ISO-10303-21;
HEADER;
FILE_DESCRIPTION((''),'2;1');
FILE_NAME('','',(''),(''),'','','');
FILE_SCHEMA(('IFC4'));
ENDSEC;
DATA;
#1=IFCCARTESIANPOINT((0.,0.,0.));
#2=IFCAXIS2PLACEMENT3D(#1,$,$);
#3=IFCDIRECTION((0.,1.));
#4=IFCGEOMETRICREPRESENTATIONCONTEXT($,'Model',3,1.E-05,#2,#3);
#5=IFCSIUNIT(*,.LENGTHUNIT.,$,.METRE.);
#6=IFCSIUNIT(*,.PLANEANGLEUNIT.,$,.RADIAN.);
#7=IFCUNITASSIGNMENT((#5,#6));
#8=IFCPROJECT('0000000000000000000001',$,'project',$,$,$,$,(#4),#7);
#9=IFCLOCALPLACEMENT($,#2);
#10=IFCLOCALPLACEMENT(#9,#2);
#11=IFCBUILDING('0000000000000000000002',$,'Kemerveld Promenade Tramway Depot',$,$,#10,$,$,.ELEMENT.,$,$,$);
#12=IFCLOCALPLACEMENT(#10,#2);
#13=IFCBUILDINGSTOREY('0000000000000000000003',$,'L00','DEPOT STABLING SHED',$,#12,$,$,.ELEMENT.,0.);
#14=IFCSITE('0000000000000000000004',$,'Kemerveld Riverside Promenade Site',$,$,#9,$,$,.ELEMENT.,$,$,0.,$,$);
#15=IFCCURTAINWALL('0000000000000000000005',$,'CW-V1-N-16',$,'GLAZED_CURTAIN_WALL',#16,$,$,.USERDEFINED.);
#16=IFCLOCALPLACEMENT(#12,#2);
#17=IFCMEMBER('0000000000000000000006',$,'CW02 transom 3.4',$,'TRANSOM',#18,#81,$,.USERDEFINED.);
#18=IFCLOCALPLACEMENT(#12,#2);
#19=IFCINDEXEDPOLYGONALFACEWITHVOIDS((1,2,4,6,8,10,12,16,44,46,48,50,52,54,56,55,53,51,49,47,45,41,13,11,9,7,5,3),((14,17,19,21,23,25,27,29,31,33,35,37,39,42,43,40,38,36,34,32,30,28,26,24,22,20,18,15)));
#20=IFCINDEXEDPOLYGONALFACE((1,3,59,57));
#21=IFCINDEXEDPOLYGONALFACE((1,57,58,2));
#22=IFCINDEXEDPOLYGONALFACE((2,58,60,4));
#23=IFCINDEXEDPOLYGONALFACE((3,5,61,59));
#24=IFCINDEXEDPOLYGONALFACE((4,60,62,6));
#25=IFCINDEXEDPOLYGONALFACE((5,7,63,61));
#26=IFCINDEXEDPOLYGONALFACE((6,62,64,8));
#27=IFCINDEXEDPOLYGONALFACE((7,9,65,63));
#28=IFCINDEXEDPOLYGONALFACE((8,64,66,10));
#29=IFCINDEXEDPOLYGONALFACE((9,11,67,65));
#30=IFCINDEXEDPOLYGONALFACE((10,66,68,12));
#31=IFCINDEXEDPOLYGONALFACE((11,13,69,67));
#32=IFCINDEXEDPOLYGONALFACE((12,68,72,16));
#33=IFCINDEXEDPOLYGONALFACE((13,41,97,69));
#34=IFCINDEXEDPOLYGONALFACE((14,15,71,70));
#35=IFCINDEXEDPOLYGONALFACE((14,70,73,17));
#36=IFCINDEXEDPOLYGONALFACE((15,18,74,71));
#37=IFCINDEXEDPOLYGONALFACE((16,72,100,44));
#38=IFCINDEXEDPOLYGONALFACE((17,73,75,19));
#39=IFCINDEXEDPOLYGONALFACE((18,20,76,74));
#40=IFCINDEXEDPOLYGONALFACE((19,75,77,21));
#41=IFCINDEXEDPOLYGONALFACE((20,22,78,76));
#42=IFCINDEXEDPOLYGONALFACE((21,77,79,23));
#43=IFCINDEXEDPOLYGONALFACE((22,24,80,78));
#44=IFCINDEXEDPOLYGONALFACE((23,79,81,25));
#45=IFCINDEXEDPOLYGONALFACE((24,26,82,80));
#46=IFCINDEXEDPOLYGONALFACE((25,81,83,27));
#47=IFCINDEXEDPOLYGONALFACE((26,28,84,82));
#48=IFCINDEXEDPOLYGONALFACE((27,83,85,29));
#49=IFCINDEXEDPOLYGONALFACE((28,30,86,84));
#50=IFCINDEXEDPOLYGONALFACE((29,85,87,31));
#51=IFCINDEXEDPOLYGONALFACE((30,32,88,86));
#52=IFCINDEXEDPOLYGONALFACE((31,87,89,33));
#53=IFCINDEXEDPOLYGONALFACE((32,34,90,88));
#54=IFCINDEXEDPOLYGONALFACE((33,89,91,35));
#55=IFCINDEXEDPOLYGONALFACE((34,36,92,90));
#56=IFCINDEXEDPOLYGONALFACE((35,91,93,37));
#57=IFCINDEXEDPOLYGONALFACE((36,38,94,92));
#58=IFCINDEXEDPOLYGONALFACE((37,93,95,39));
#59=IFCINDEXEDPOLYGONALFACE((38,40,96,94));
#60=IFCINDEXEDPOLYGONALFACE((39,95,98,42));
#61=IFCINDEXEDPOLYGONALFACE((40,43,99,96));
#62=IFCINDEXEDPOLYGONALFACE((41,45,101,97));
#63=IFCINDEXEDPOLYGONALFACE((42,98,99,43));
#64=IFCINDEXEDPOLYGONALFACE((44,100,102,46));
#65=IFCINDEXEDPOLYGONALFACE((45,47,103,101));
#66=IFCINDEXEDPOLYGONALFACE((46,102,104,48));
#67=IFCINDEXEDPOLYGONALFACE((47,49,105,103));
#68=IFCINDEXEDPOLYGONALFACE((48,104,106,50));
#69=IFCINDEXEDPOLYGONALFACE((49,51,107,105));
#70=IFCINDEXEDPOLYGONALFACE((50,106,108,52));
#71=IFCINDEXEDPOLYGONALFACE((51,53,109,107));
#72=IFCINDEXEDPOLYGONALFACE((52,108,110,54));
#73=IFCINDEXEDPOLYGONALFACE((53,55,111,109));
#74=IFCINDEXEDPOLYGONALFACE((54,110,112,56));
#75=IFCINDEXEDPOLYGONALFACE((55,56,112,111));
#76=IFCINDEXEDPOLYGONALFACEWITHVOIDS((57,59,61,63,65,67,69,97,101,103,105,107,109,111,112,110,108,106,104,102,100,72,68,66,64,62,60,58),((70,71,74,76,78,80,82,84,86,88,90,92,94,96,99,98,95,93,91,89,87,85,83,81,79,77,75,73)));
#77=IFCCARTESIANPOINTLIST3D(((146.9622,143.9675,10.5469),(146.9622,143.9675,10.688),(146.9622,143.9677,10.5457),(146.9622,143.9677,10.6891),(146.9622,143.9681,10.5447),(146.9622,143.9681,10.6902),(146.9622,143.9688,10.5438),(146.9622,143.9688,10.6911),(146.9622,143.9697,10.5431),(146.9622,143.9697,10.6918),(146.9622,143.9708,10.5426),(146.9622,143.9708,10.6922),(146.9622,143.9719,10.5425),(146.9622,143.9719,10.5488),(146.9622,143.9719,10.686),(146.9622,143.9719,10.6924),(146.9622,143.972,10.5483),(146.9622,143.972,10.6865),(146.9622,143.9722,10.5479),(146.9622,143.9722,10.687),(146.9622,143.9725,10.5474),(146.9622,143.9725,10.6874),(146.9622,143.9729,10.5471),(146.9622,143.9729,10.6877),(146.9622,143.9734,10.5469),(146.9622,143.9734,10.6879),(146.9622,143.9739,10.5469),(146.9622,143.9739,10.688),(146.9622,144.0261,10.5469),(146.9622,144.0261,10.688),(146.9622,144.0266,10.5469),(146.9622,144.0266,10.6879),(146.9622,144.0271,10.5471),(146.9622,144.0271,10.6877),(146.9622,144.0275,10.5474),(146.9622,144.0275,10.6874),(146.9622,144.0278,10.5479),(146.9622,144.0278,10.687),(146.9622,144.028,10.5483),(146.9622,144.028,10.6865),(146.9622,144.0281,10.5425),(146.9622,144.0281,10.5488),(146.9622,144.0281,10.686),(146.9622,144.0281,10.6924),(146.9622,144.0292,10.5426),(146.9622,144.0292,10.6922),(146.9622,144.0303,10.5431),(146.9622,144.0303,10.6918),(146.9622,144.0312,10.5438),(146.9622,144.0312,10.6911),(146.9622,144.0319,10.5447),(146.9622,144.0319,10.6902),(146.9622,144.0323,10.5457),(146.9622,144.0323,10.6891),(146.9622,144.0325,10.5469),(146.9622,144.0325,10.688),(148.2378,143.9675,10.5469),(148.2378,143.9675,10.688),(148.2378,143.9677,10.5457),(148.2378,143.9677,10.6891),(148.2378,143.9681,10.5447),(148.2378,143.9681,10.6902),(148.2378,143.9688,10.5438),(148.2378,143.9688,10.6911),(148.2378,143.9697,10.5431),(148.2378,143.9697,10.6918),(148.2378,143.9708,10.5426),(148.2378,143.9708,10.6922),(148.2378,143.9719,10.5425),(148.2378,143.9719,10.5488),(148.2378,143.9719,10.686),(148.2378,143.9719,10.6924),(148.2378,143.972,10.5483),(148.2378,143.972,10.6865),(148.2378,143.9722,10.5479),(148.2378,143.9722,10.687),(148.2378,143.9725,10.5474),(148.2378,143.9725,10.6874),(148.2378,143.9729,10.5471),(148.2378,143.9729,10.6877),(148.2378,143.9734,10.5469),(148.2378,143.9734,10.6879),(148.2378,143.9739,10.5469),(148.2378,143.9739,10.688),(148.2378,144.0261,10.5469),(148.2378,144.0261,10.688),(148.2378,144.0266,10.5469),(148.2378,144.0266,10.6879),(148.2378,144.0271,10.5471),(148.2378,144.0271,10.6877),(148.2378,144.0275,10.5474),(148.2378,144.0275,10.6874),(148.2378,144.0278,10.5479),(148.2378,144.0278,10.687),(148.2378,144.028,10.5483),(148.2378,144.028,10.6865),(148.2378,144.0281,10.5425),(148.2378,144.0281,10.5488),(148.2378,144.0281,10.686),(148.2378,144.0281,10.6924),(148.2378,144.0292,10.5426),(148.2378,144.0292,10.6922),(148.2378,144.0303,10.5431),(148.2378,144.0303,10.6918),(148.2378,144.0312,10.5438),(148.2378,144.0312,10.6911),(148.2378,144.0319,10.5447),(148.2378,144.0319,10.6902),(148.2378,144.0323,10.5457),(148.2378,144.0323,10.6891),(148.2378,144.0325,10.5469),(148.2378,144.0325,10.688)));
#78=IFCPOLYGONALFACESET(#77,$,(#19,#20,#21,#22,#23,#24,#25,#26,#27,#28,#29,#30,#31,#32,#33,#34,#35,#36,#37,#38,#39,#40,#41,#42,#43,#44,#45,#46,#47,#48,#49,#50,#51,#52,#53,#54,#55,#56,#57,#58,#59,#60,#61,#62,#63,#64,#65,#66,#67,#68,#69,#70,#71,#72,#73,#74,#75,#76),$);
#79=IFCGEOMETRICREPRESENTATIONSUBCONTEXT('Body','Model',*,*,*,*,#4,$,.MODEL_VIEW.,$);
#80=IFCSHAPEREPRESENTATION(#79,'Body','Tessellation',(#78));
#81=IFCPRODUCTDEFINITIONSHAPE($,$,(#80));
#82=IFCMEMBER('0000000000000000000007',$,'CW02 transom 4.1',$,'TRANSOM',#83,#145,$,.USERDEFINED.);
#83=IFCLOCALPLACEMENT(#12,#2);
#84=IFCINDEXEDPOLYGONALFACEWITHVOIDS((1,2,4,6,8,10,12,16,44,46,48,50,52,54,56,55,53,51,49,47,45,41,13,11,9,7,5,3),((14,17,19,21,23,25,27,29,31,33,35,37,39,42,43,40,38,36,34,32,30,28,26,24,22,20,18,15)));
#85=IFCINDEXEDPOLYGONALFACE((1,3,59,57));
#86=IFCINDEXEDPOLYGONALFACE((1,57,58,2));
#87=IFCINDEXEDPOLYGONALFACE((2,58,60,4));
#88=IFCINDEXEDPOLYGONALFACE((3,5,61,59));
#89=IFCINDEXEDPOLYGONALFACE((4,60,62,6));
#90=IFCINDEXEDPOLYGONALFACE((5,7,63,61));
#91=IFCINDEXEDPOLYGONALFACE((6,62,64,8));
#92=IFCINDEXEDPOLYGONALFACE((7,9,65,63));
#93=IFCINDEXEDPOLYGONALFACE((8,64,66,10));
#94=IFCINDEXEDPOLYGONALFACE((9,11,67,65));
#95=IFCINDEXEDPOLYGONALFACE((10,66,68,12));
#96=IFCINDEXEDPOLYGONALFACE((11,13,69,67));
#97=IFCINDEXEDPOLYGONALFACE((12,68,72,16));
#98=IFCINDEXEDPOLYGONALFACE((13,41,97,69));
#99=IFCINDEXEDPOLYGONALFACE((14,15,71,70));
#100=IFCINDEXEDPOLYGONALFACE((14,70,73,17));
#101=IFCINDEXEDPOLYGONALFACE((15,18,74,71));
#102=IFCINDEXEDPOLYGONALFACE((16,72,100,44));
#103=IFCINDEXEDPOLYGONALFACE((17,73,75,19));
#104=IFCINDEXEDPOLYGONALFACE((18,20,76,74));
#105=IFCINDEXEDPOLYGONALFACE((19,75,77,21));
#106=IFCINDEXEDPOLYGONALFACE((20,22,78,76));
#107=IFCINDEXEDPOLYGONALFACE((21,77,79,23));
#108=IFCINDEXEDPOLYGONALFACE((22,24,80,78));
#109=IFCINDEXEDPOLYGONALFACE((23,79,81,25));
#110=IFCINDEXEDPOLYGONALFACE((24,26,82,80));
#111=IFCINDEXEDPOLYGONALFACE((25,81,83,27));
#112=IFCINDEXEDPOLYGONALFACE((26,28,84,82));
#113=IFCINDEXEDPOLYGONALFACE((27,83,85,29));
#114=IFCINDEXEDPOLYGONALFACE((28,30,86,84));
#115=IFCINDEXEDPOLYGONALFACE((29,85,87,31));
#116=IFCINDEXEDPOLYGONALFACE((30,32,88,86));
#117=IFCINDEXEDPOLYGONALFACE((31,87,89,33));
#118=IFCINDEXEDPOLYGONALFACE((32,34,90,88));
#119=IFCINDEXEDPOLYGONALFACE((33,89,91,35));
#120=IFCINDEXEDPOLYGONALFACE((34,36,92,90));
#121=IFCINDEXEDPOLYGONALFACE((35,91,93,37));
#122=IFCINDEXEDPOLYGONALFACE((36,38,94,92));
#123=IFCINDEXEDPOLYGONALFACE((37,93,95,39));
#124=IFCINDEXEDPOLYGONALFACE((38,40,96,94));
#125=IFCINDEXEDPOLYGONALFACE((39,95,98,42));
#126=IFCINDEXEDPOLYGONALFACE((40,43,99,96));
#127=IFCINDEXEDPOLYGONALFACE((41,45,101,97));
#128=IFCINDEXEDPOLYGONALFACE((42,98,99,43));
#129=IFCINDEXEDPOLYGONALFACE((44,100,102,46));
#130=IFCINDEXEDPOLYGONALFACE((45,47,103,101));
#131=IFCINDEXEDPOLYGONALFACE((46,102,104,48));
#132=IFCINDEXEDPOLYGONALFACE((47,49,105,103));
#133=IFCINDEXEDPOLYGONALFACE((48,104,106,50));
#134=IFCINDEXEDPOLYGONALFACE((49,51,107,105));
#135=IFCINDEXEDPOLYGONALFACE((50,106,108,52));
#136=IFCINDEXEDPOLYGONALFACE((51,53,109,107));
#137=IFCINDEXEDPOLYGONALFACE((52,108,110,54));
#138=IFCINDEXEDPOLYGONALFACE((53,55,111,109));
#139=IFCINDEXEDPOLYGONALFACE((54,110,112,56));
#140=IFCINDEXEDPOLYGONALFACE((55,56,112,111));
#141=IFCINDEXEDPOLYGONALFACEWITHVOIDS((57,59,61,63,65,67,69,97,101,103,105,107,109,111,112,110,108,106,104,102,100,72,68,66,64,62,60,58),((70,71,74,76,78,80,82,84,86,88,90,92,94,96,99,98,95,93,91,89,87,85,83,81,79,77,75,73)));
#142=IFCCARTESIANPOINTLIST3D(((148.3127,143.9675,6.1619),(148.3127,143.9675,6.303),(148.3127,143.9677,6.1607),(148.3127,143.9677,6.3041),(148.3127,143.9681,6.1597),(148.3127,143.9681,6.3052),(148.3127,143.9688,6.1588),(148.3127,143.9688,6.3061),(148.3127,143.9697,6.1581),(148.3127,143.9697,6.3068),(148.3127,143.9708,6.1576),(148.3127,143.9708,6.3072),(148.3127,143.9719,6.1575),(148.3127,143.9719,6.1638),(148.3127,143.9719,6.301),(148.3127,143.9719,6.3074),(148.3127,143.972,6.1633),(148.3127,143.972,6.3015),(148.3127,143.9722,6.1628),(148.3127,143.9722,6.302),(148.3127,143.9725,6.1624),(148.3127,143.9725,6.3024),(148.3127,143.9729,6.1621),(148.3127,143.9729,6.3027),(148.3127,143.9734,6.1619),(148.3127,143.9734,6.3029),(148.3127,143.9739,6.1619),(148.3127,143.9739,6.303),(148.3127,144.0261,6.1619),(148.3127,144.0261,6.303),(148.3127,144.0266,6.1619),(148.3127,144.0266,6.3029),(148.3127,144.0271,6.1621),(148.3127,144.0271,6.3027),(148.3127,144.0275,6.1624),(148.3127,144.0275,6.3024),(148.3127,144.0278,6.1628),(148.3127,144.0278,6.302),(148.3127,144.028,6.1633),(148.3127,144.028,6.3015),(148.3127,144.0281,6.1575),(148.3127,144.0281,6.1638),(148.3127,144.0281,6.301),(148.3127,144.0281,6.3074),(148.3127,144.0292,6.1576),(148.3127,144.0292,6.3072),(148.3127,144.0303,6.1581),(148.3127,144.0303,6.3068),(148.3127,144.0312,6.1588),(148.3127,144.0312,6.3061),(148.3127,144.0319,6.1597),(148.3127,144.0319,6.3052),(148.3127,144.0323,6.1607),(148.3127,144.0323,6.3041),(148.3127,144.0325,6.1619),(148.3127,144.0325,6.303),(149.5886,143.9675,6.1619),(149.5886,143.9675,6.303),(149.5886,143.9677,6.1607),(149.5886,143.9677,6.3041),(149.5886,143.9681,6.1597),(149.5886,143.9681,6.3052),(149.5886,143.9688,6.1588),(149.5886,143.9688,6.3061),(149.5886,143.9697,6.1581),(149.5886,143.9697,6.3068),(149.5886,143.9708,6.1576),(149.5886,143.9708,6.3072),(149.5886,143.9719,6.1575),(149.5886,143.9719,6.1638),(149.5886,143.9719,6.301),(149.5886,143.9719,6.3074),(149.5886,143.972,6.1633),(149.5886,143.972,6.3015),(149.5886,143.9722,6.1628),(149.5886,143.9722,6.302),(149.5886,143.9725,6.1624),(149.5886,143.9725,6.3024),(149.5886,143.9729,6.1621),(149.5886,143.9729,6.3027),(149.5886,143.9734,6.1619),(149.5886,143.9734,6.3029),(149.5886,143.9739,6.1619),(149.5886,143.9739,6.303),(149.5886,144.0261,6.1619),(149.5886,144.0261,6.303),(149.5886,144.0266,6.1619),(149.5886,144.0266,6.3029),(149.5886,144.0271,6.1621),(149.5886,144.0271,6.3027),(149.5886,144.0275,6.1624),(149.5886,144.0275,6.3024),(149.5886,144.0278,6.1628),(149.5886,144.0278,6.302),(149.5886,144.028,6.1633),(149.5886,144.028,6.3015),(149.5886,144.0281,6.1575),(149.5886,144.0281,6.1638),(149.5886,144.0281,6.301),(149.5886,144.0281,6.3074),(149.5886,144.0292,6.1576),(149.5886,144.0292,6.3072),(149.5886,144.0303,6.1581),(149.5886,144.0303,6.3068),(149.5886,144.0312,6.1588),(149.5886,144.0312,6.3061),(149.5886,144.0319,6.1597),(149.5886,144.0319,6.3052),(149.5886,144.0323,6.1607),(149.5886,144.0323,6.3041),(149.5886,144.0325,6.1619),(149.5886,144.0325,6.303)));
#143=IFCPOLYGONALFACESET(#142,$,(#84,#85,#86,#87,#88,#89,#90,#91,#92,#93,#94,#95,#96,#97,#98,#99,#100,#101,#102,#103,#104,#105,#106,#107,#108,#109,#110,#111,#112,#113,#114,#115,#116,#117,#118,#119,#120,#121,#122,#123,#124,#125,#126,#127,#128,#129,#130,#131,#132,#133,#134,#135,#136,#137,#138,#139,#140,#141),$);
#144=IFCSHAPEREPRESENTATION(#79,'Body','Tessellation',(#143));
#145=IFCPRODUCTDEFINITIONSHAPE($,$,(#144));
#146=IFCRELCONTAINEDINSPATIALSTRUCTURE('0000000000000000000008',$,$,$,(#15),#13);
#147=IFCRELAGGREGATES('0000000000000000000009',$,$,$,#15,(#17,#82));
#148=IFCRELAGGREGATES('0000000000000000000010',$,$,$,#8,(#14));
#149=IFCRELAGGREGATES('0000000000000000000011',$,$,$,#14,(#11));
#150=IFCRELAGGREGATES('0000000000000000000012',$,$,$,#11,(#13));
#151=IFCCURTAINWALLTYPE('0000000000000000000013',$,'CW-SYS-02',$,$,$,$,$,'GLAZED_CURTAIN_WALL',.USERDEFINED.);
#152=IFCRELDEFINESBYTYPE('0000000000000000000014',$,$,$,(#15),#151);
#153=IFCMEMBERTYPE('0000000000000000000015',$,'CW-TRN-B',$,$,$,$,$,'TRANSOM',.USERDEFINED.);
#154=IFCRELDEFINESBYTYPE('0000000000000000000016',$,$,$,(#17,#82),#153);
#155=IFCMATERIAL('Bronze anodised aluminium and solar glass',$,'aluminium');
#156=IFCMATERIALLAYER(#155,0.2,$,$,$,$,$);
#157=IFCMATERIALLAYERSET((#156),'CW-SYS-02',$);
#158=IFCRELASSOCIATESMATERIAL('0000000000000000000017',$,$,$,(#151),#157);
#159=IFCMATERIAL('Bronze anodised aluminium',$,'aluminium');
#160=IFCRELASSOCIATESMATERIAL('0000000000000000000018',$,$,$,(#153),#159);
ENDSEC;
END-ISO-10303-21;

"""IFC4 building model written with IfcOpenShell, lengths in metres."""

from ifc_helpers import new_model, si_unit, direction, frame, origin, origin_2d, place, context, subcontext, project, spatial, hollow_rectangle, extrude, material, layer, layer_set, material_profile, profile_set, type_object, element, aggregate, save


model = new_model("IFC4")

# Units and contexts
model_context = context("Model", 3, precision=1e-05, world=origin(), true_north=direction((0.0, 1.0)))
body_context = subcontext(model_context, "Body", "Model", "MODEL_VIEW")
ifc_project = project(units=[si_unit("LENGTHUNIT", "METRE"), si_unit("PLANEANGLEUNIT", "RADIAN")], contexts=[model_context])

# Site, building, storey
site_placement = place(None, origin())
site = spatial("IfcSite", under=ifc_project, at=site_placement, Name="Kemerveld Riverside Promenade Site", CompositionType="ELEMENT", RefElevation=0.0)
building_placement = place(site_placement, origin())
building = spatial("IfcBuilding", under=site, at=building_placement, Name="Kemerveld Promenade Tramway Depot", CompositionType="ELEMENT")
storey_placement = place(building_placement, origin())
storey = spatial("IfcBuildingStorey", under=building, at=storey_placement, Name="L00", Description="DEPOT STABLING SHED", CompositionType="ELEMENT", Elevation=0.0)

# Curtain wall, members
ifc_material_1 = material(Name="Bronze anodised aluminium and solar glass", Category="aluminium")
ifc_layer_1 = layer(ifc_material_1, 0.2)
ifc_layer_set_1 = layer_set([ifc_layer_1], Name="CW-SYS-02")
curtain_wall_type = type_object("IfcCurtainWallType", Name="CW-SYS-02", ElementType="GLAZED_CURTAIN_WALL", PredefinedType="USERDEFINED", material=ifc_layer_set_1)
curtain_wall_placement = place(storey_placement, origin())
curtain_wall = element("IfcCurtainWall", 1, at=curtain_wall_placement, inside=storey, type_object=curtain_wall_type, Name="CW-V1-N-16", ObjectType="GLAZED_CURTAIN_WALL", PredefinedType="USERDEFINED")
ifc_material_2 = material(Name="Bronze anodised aluminium", Category="aluminium")
ifc_material_profile_1 = material_profile(ifc_material_2, hollow_rectangle(XDim=0.0649, YDim=0.1499, WallThickness=0.0044, InnerFilletRadius=0.002, OuterFilletRadius=0.0044, at=origin_2d()), Name="CW-TRN-150x65")
ifc_profile_set_1 = profile_set([ifc_material_profile_1], Name="Bronze anodised aluminium")
member_type_1 = type_object("IfcMemberType", Name="CW-TRN-B", ElementType="TRANSOM", PredefinedType="USERDEFINED", material=ifc_profile_set_1)
member_1_placement = place(storey_placement, frame((146.9622, 144.0, 10.6174), z_axis=(1.0, 0.0, 0.0), x_axis=(0.0, 1.0, 0.0)))
member_1 = element("IfcMember", 2, at=member_1_placement, type_object=member_type_1, Name="CW02 transom 3.4", ObjectType="TRANSOM", PredefinedType="USERDEFINED", context=body_context, shape_type="SweptSolid", body=[
    extrude(hollow_rectangle(XDim=0.0649, YDim=0.1499, WallThickness=0.0044, InnerFilletRadius=0.002, OuterFilletRadius=0.0044, at=origin_2d()), origin(), (0.0, 0.0, 1.0), 1.2756),
])
member_2_placement = place(storey_placement, frame((148.3127, 144.0, 6.2324), z_axis=(1.0, 0.0, 0.0), x_axis=(0.0, 1.0, 0.0)))
member_2 = element("IfcMember", 3, at=member_2_placement, type_object=member_type_1, Name="CW02 transom 4.1", ObjectType="TRANSOM", PredefinedType="USERDEFINED", context=body_context, shape_type="SweptSolid", body=[
    extrude(hollow_rectangle(XDim=0.0649, YDim=0.1499, WallThickness=0.0044, InnerFilletRadius=0.002, OuterFilletRadius=0.0044, at=origin_2d()), origin(), (0.0, 0.0, 1.0), 1.2759),
])

aggregate(curtain_wall, [member_1, member_2])

save(model, "model.ifc")
